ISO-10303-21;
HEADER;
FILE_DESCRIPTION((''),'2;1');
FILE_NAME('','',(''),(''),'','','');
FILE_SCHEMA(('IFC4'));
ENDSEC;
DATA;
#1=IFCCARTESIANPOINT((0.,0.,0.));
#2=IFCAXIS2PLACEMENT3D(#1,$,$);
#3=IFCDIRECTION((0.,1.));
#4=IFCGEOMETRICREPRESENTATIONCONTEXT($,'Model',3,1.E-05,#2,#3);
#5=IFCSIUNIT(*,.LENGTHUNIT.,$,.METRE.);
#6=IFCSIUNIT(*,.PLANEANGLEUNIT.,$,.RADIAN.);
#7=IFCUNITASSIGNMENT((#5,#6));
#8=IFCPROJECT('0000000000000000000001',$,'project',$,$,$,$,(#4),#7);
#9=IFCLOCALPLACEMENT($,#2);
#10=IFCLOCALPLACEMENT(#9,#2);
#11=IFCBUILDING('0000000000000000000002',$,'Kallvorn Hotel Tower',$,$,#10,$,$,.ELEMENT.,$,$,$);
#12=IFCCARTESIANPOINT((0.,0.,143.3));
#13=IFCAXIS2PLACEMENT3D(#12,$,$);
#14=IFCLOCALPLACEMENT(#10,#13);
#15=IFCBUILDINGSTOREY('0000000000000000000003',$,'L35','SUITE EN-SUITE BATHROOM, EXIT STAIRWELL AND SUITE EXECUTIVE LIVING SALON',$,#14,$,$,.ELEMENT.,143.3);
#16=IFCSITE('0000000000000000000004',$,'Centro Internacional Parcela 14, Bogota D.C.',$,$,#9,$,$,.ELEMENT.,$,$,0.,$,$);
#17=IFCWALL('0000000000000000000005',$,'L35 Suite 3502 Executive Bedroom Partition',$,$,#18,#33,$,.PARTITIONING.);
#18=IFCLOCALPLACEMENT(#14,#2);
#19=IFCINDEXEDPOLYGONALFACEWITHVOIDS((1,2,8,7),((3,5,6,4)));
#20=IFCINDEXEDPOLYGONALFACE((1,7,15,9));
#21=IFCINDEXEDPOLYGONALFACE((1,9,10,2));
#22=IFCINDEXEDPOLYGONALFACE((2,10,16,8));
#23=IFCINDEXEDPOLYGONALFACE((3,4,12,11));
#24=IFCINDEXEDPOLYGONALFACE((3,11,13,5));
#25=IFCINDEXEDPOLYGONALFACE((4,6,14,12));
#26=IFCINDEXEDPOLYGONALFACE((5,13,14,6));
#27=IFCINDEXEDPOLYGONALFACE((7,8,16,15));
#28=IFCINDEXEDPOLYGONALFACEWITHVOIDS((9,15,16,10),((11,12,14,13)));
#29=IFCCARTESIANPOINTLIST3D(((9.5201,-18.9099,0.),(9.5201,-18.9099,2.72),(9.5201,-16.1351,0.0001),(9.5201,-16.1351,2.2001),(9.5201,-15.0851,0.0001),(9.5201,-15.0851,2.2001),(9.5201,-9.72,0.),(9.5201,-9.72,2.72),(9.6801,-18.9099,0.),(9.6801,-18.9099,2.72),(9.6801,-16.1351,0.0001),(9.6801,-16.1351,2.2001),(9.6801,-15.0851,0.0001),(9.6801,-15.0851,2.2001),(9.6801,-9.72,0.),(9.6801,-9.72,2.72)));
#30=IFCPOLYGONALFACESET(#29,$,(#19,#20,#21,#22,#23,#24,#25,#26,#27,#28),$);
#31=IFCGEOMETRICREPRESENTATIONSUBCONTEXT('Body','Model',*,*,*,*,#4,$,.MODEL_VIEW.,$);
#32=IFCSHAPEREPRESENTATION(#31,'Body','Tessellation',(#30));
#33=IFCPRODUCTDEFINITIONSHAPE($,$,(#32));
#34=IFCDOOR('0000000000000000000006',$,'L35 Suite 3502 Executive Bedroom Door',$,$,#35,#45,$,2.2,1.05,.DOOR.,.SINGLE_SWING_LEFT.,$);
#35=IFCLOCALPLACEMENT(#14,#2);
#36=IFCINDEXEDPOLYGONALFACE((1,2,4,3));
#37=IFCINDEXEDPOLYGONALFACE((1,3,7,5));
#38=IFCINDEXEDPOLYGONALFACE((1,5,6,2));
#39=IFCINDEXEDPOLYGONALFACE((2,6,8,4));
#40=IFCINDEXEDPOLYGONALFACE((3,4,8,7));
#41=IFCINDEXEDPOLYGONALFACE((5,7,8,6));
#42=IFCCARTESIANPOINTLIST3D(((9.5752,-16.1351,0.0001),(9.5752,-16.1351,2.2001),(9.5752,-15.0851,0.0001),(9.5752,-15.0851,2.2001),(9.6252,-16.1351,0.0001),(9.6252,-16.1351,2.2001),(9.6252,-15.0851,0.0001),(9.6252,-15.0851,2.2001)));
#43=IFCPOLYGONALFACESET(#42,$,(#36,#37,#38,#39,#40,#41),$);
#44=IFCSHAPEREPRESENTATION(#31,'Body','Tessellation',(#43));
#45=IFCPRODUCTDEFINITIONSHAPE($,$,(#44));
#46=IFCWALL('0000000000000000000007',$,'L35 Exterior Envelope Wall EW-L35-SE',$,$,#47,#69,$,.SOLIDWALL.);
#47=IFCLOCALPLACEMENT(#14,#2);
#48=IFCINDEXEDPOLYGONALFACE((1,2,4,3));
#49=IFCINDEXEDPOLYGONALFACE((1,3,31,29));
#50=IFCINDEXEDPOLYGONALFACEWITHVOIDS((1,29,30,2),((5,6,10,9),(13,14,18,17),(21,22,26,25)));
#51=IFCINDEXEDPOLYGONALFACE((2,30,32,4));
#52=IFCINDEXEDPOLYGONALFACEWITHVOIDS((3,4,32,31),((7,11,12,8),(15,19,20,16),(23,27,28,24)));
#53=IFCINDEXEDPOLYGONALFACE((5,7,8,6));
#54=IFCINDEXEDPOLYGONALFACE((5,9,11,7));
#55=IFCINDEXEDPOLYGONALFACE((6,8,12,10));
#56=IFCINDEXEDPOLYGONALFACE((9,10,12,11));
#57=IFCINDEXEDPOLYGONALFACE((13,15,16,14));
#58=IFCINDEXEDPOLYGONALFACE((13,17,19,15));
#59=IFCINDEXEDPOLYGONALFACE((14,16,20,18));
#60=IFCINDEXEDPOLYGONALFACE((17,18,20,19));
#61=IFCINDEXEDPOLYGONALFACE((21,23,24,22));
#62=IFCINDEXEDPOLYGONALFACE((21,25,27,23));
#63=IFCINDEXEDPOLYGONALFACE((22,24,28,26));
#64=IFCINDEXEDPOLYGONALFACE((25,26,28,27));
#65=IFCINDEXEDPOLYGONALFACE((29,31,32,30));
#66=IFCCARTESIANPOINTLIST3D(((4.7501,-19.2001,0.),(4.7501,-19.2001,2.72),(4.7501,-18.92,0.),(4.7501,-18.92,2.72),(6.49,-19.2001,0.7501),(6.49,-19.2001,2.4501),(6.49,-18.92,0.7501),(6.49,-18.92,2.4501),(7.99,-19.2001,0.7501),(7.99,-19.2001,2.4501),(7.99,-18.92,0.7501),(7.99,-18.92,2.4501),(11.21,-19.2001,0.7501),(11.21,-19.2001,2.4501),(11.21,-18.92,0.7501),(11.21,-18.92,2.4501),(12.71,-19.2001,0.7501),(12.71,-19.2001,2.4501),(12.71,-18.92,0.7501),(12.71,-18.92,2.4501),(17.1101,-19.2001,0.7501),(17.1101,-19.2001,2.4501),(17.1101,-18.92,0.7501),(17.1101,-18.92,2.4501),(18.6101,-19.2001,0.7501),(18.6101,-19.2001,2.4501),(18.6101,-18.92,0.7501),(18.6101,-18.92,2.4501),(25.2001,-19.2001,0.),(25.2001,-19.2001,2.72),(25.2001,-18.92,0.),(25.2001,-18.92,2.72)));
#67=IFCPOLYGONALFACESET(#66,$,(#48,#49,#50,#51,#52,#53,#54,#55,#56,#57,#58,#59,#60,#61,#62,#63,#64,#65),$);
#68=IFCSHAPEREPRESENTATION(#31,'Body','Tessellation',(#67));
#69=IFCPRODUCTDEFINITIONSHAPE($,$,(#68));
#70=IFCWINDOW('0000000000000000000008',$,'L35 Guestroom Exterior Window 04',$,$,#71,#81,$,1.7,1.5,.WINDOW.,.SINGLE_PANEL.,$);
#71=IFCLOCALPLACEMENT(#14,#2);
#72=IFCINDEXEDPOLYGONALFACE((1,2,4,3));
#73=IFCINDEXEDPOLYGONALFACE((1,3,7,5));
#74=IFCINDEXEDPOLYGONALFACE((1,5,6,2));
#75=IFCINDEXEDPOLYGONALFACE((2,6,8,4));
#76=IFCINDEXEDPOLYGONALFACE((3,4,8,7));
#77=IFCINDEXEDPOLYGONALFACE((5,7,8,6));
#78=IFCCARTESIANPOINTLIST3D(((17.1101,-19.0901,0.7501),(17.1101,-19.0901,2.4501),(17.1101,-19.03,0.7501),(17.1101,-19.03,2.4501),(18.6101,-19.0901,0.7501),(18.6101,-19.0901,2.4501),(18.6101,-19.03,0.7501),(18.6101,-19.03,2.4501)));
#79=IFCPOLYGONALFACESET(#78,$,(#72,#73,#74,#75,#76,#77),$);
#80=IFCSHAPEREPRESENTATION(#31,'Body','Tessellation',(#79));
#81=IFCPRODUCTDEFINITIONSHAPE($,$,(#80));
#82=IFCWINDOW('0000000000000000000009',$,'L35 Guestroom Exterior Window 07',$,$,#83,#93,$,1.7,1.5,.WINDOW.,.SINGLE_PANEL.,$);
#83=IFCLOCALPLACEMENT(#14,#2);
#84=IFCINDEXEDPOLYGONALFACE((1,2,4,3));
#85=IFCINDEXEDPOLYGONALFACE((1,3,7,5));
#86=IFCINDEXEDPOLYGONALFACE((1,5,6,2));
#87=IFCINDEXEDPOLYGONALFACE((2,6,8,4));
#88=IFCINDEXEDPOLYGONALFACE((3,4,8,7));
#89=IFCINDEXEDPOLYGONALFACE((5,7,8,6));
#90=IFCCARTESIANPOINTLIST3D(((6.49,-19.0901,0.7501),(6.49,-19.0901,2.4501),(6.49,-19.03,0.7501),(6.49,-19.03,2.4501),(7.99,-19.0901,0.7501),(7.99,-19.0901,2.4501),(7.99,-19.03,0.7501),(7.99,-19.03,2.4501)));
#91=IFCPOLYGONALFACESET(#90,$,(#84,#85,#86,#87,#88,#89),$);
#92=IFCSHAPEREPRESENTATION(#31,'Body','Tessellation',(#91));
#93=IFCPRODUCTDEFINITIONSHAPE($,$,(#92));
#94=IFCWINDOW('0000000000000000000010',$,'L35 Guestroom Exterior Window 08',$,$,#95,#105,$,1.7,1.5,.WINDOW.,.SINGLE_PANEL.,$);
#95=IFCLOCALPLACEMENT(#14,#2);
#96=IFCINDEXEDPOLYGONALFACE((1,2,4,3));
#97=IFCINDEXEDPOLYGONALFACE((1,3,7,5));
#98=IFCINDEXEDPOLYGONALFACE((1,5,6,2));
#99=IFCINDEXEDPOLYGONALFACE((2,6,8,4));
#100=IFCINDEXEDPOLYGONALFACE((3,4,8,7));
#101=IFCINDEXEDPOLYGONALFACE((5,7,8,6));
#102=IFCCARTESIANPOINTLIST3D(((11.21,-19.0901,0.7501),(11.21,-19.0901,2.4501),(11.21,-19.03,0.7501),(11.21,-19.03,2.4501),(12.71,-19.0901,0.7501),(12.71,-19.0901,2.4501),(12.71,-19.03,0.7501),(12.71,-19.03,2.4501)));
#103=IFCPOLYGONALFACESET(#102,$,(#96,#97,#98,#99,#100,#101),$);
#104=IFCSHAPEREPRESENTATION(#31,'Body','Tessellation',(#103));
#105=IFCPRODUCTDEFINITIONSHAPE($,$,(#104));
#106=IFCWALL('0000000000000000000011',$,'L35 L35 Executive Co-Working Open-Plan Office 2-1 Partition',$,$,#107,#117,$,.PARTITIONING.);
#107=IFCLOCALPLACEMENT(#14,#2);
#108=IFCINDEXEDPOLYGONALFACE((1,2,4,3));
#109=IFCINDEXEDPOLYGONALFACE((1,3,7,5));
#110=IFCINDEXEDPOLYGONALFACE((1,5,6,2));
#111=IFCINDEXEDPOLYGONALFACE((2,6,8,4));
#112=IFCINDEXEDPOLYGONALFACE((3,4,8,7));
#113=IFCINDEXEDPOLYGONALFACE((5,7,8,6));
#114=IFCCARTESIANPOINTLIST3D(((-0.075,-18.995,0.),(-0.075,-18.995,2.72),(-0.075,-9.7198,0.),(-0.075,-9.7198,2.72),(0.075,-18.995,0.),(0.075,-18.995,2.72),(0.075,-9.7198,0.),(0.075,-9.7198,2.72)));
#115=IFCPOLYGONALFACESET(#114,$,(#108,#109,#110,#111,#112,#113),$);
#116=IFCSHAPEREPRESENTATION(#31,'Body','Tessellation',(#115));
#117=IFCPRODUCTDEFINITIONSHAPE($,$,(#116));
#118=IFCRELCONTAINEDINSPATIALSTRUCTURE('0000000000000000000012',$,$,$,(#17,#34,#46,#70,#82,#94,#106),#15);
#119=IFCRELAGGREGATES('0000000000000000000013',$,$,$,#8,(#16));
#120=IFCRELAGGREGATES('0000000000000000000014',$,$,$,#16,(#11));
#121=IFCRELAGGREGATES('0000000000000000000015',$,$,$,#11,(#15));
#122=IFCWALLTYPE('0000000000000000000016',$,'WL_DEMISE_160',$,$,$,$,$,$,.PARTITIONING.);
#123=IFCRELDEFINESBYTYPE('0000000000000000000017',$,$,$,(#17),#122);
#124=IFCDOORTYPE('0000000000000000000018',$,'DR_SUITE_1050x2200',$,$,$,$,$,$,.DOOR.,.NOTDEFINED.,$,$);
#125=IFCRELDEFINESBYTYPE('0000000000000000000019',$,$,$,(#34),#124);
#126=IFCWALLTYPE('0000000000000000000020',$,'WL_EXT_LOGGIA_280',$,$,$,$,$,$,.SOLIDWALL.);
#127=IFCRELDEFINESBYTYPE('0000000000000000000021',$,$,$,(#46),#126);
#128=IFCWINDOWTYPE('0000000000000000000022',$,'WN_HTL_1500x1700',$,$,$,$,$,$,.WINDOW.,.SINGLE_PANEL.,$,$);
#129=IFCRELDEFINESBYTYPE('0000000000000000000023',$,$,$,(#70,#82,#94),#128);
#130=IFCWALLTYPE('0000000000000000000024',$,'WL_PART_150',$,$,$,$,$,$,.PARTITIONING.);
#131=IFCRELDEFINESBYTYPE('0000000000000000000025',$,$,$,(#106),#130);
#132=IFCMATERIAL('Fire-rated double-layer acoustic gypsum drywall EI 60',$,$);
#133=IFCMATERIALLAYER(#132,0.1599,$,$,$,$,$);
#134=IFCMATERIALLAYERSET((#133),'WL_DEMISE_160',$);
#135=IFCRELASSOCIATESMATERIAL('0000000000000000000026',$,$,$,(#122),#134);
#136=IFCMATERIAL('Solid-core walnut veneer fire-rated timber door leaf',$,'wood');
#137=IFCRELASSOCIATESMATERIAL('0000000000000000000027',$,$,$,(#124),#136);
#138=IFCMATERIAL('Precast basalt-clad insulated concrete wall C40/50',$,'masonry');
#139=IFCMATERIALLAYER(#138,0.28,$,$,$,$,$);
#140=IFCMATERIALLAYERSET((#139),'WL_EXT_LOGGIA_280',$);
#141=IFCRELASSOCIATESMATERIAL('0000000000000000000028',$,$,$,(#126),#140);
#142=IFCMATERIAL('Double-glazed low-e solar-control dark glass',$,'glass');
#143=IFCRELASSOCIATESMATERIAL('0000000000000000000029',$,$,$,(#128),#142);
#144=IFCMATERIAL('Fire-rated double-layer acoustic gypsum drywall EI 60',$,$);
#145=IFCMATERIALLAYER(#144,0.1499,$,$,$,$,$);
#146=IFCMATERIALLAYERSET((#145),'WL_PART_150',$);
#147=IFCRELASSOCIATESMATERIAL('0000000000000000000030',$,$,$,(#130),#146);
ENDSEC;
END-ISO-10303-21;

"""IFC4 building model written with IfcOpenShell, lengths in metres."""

from ifc_helpers import new_model, si_unit, direction, frame, frame_2d, origin, place, context, subcontext, project, spatial, rectangle, extrude, material, layer, layer_set, type_object, element, fill, save


model = new_model("IFC4")

# Units and contexts
model_context = context("Model", 3, precision=1e-05, world=origin(), true_north=direction((0.0, 1.0)))
body_context = subcontext(model_context, "Body", "Model", "MODEL_VIEW")
ifc_project = project(units=[si_unit("LENGTHUNIT", "METRE"), si_unit("PLANEANGLEUNIT", "RADIAN")], contexts=[model_context])

# Site, building, storey
site_placement = place(None, origin())
site = spatial("IfcSite", under=ifc_project, at=site_placement, Name="Centro Internacional Parcela 14, Bogota D.C.", CompositionType="ELEMENT", RefElevation=0.0)
building_placement = place(site_placement, origin())
building = spatial("IfcBuilding", under=site, at=building_placement, Name="Kallvorn Hotel Tower", CompositionType="ELEMENT")
storey_placement = place(building_placement, frame((0.0, 0.0, 143.3)))
storey = spatial("IfcBuildingStorey", under=building, at=storey_placement, Name="L35", Description="SUITE EN-SUITE BATHROOM, EXIT STAIRWELL AND SUITE EXECUTIVE LIVING SALON", CompositionType="ELEMENT", Elevation=143.3)

# Shared definitions
ifc_material_1 = material(Name="Fire-rated double-layer acoustic gypsum drywall EI 60")
ifc_layer_1 = layer(ifc_material_1, 0.1599)
ifc_layer_set_1 = layer_set([ifc_layer_1], Name="WL_DEMISE_160")
wall_type_1 = type_object("IfcWallType", Name="WL_DEMISE_160", PredefinedType="PARTITIONING", material=ifc_layer_set_1)

# Wall, opening, door
wall_1_placement = place(storey_placement, frame((9.6001, -18.9099, 0.0), z_axis=(0.0, 0.0, 1.0), x_axis=(0.0, 1.0, 0.0)))
wall_1 = element("IfcWall", 1, at=wall_1_placement, inside=storey, type_object=wall_type_1, Name="L35 Suite 3502 Executive Bedroom Partition", PredefinedType="PARTITIONING", context=body_context, shape_type="SweptSolid", body=[
    extrude(rectangle(XDim=9.1899, YDim=0.1599, at=frame_2d((4.595, 0.0))), origin(), (0.0, 0.0, 1.0), 2.72),
])
opening_1_placement = place(wall_1_placement, frame((2.7749, 0.0, 0.0)))
opening_1 = element("IfcOpeningElement", 2, at=opening_1_placement, cuts=wall_1, PredefinedType="OPENING", context=body_context, shape_type="SweptSolid", body=[
    extrude(rectangle(XDim=1.05, YDim=2.2, at=frame_2d((0.5249, 1.1001))), frame((0.0, 0.095, 0.0), z_axis=(0.0, -1.0, 0.0), x_axis=(1.0, 0.0, 0.0)), (0.0, 0.0, 1.0), 0.1899),
])
ifc_material_2 = material(Name="Solid-core walnut veneer fire-rated timber door leaf", Category="wood")
door_type_1 = type_object("IfcDoorType", Name="DR_SUITE_1050x2200", OperationType="NOTDEFINED", PredefinedType="DOOR", material=ifc_material_2)
door_1_placement = place(opening_1_placement, origin())
door_1 = element("IfcDoor", 3, at=door_1_placement, inside=storey, type_object=door_type_1, Name="L35 Suite 3502 Executive Bedroom Door", OperationType="SINGLE_SWING_LEFT", OverallHeight=2.2, OverallWidth=1.05, PredefinedType="DOOR", context=body_context, shape_type="SweptSolid", body=[
    extrude(rectangle(XDim=1.05, YDim=2.2, at=frame_2d((0.5249, 1.1001))), frame((0.0, 0.0249, 0.0), z_axis=(0.0, -1.0, 0.0), x_axis=(1.0, 0.0, 0.0)), (0.0, 0.0, 1.0), 0.05),
])
fill(opening_1, door_1)

# Wall, openings, windows
ifc_material_3 = material(Name="Precast basalt-clad insulated concrete wall C40/50", Category="masonry")
ifc_layer_2 = layer(ifc_material_3, 0.28)
ifc_layer_set_2 = layer_set([ifc_layer_2], Name="WL_EXT_LOGGIA_280")
wall_type_2 = type_object("IfcWallType", Name="WL_EXT_LOGGIA_280", PredefinedType="SOLIDWALL", material=ifc_layer_set_2)
wall_2_placement = place(storey_placement, frame((4.75, -19.0601, 0.0), z_axis=(0.0, 0.0, 1.0), x_axis=(1.0, 0.0, 0.0)))
wall_2 = element("IfcWall", 4, at=wall_2_placement, inside=storey, type_object=wall_type_2, Name="L35 Exterior Envelope Wall EW-L35-SE", PredefinedType="SOLIDWALL", context=body_context, shape_type="SweptSolid", body=[
    extrude(rectangle(XDim=20.45, YDim=0.28, at=frame_2d((10.2251, 0.0))), origin(), (0.0, 0.0, 1.0), 2.72),
])
opening_2_placement = place(wall_2_placement, frame((12.3601, 0.0, 0.75)))
opening_2 = element("IfcOpeningElement", 5, at=opening_2_placement, cuts=wall_2, PredefinedType="OPENING", context=body_context, shape_type="SweptSolid", body=[
    extrude(rectangle(XDim=1.5, YDim=1.7, at=frame_2d((0.75, 0.8501))), frame((0.0, 0.155, 0.0), z_axis=(0.0, -1.0, 0.0), x_axis=(1.0, 0.0, 0.0)), (0.0, 0.0, 1.0), 0.3101),
])
opening_3_placement = place(wall_2_placement, frame((1.74, 0.0, 0.75)))
opening_3 = element("IfcOpeningElement", 6, at=opening_3_placement, cuts=wall_2, PredefinedType="OPENING", context=body_context, shape_type="SweptSolid", body=[
    extrude(rectangle(XDim=1.5, YDim=1.7, at=frame_2d((0.75, 0.8501))), frame((0.0, 0.155, 0.0), z_axis=(0.0, -1.0, 0.0), x_axis=(1.0, 0.0, 0.0)), (0.0, 0.0, 1.0), 0.3101),
])
opening_4_placement = place(wall_2_placement, frame((6.46, 0.0, 0.75)))
opening_4 = element("IfcOpeningElement", 7, at=opening_4_placement, cuts=wall_2, PredefinedType="OPENING", context=body_context, shape_type="SweptSolid", body=[
    extrude(rectangle(XDim=1.5, YDim=1.7, at=frame_2d((0.75, 0.8501))), frame((0.0, 0.155, 0.0), z_axis=(0.0, -1.0, 0.0), x_axis=(1.0, 0.0, 0.0)), (0.0, 0.0, 1.0), 0.3101),
])
ifc_material_4 = material(Name="Double-glazed low-e solar-control dark glass", Category="glass")
window_type = type_object("IfcWindowType", Name="WN_HTL_1500x1700", PartitioningType="SINGLE_PANEL", PredefinedType="WINDOW", material=ifc_material_4)
window_1_placement = place(opening_2_placement, origin())
window_1 = element("IfcWindow", 8, at=window_1_placement, inside=storey, type_object=window_type, Name="L35 Guestroom Exterior Window 04", OverallHeight=1.7, OverallWidth=1.5, PartitioningType="SINGLE_PANEL", PredefinedType="WINDOW", context=body_context, shape_type="SweptSolid", body=[
    extrude(rectangle(XDim=1.5, YDim=1.7, at=frame_2d((0.75, 0.8501))), frame((0.0, 0.03, 0.0), z_axis=(0.0, -1.0, 0.0), x_axis=(1.0, 0.0, 0.0)), (0.0, 0.0, 1.0), 0.0601),
])
fill(opening_2, window_1)
window_2_placement = place(opening_3_placement, origin())
window_2 = element("IfcWindow", 9, at=window_2_placement, inside=storey, type_object=window_type, Name="L35 Guestroom Exterior Window 07", OverallHeight=1.7, OverallWidth=1.5, PartitioningType="SINGLE_PANEL", PredefinedType="WINDOW", context=body_context, shape_type="SweptSolid", body=[
    extrude(rectangle(XDim=1.5, YDim=1.7, at=frame_2d((0.75, 0.8501))), frame((0.0, 0.03, 0.0), z_axis=(0.0, -1.0, 0.0), x_axis=(1.0, 0.0, 0.0)), (0.0, 0.0, 1.0), 0.0601),
])
fill(opening_3, window_2)
window_3_placement = place(opening_4_placement, origin())
window_3 = element("IfcWindow", 10, at=window_3_placement, inside=storey, type_object=window_type, Name="L35 Guestroom Exterior Window 08", OverallHeight=1.7, OverallWidth=1.5, PartitioningType="SINGLE_PANEL", PredefinedType="WINDOW", context=body_context, shape_type="SweptSolid", body=[
    extrude(rectangle(XDim=1.5, YDim=1.7, at=frame_2d((0.75, 0.8501))), frame((0.0, 0.03, 0.0), z_axis=(0.0, -1.0, 0.0), x_axis=(1.0, 0.0, 0.0)), (0.0, 0.0, 1.0), 0.0601),
])
fill(opening_4, window_3)

# Wall
ifc_material_5 = material(Name="Fire-rated double-layer acoustic gypsum drywall EI 60")
ifc_layer_3 = layer(ifc_material_5, 0.1499)
ifc_layer_set_3 = layer_set([ifc_layer_3], Name="WL_PART_150")
wall_type_3 = type_object("IfcWallType", Name="WL_PART_150", PredefinedType="PARTITIONING", material=ifc_layer_set_3)
wall_3_placement = place(storey_placement, frame((0.0, -18.9951, 0.0), z_axis=(0.0, 0.0, 1.0), x_axis=(0.0, 1.0, 0.0)))
element("IfcWall", 11, at=wall_3_placement, inside=storey, type_object=wall_type_3, Name="L35 L35 Executive Co-Working Open-Plan Office 2-1 Partition", PredefinedType="PARTITIONING", context=body_context, shape_type="SweptSolid", body=[
    extrude(rectangle(XDim=9.2751, YDim=0.1499, at=frame_2d((4.6377, 0.0))), origin(), (0.0, 0.0, 1.0), 2.72),
])

save(model, "model.ifc")
